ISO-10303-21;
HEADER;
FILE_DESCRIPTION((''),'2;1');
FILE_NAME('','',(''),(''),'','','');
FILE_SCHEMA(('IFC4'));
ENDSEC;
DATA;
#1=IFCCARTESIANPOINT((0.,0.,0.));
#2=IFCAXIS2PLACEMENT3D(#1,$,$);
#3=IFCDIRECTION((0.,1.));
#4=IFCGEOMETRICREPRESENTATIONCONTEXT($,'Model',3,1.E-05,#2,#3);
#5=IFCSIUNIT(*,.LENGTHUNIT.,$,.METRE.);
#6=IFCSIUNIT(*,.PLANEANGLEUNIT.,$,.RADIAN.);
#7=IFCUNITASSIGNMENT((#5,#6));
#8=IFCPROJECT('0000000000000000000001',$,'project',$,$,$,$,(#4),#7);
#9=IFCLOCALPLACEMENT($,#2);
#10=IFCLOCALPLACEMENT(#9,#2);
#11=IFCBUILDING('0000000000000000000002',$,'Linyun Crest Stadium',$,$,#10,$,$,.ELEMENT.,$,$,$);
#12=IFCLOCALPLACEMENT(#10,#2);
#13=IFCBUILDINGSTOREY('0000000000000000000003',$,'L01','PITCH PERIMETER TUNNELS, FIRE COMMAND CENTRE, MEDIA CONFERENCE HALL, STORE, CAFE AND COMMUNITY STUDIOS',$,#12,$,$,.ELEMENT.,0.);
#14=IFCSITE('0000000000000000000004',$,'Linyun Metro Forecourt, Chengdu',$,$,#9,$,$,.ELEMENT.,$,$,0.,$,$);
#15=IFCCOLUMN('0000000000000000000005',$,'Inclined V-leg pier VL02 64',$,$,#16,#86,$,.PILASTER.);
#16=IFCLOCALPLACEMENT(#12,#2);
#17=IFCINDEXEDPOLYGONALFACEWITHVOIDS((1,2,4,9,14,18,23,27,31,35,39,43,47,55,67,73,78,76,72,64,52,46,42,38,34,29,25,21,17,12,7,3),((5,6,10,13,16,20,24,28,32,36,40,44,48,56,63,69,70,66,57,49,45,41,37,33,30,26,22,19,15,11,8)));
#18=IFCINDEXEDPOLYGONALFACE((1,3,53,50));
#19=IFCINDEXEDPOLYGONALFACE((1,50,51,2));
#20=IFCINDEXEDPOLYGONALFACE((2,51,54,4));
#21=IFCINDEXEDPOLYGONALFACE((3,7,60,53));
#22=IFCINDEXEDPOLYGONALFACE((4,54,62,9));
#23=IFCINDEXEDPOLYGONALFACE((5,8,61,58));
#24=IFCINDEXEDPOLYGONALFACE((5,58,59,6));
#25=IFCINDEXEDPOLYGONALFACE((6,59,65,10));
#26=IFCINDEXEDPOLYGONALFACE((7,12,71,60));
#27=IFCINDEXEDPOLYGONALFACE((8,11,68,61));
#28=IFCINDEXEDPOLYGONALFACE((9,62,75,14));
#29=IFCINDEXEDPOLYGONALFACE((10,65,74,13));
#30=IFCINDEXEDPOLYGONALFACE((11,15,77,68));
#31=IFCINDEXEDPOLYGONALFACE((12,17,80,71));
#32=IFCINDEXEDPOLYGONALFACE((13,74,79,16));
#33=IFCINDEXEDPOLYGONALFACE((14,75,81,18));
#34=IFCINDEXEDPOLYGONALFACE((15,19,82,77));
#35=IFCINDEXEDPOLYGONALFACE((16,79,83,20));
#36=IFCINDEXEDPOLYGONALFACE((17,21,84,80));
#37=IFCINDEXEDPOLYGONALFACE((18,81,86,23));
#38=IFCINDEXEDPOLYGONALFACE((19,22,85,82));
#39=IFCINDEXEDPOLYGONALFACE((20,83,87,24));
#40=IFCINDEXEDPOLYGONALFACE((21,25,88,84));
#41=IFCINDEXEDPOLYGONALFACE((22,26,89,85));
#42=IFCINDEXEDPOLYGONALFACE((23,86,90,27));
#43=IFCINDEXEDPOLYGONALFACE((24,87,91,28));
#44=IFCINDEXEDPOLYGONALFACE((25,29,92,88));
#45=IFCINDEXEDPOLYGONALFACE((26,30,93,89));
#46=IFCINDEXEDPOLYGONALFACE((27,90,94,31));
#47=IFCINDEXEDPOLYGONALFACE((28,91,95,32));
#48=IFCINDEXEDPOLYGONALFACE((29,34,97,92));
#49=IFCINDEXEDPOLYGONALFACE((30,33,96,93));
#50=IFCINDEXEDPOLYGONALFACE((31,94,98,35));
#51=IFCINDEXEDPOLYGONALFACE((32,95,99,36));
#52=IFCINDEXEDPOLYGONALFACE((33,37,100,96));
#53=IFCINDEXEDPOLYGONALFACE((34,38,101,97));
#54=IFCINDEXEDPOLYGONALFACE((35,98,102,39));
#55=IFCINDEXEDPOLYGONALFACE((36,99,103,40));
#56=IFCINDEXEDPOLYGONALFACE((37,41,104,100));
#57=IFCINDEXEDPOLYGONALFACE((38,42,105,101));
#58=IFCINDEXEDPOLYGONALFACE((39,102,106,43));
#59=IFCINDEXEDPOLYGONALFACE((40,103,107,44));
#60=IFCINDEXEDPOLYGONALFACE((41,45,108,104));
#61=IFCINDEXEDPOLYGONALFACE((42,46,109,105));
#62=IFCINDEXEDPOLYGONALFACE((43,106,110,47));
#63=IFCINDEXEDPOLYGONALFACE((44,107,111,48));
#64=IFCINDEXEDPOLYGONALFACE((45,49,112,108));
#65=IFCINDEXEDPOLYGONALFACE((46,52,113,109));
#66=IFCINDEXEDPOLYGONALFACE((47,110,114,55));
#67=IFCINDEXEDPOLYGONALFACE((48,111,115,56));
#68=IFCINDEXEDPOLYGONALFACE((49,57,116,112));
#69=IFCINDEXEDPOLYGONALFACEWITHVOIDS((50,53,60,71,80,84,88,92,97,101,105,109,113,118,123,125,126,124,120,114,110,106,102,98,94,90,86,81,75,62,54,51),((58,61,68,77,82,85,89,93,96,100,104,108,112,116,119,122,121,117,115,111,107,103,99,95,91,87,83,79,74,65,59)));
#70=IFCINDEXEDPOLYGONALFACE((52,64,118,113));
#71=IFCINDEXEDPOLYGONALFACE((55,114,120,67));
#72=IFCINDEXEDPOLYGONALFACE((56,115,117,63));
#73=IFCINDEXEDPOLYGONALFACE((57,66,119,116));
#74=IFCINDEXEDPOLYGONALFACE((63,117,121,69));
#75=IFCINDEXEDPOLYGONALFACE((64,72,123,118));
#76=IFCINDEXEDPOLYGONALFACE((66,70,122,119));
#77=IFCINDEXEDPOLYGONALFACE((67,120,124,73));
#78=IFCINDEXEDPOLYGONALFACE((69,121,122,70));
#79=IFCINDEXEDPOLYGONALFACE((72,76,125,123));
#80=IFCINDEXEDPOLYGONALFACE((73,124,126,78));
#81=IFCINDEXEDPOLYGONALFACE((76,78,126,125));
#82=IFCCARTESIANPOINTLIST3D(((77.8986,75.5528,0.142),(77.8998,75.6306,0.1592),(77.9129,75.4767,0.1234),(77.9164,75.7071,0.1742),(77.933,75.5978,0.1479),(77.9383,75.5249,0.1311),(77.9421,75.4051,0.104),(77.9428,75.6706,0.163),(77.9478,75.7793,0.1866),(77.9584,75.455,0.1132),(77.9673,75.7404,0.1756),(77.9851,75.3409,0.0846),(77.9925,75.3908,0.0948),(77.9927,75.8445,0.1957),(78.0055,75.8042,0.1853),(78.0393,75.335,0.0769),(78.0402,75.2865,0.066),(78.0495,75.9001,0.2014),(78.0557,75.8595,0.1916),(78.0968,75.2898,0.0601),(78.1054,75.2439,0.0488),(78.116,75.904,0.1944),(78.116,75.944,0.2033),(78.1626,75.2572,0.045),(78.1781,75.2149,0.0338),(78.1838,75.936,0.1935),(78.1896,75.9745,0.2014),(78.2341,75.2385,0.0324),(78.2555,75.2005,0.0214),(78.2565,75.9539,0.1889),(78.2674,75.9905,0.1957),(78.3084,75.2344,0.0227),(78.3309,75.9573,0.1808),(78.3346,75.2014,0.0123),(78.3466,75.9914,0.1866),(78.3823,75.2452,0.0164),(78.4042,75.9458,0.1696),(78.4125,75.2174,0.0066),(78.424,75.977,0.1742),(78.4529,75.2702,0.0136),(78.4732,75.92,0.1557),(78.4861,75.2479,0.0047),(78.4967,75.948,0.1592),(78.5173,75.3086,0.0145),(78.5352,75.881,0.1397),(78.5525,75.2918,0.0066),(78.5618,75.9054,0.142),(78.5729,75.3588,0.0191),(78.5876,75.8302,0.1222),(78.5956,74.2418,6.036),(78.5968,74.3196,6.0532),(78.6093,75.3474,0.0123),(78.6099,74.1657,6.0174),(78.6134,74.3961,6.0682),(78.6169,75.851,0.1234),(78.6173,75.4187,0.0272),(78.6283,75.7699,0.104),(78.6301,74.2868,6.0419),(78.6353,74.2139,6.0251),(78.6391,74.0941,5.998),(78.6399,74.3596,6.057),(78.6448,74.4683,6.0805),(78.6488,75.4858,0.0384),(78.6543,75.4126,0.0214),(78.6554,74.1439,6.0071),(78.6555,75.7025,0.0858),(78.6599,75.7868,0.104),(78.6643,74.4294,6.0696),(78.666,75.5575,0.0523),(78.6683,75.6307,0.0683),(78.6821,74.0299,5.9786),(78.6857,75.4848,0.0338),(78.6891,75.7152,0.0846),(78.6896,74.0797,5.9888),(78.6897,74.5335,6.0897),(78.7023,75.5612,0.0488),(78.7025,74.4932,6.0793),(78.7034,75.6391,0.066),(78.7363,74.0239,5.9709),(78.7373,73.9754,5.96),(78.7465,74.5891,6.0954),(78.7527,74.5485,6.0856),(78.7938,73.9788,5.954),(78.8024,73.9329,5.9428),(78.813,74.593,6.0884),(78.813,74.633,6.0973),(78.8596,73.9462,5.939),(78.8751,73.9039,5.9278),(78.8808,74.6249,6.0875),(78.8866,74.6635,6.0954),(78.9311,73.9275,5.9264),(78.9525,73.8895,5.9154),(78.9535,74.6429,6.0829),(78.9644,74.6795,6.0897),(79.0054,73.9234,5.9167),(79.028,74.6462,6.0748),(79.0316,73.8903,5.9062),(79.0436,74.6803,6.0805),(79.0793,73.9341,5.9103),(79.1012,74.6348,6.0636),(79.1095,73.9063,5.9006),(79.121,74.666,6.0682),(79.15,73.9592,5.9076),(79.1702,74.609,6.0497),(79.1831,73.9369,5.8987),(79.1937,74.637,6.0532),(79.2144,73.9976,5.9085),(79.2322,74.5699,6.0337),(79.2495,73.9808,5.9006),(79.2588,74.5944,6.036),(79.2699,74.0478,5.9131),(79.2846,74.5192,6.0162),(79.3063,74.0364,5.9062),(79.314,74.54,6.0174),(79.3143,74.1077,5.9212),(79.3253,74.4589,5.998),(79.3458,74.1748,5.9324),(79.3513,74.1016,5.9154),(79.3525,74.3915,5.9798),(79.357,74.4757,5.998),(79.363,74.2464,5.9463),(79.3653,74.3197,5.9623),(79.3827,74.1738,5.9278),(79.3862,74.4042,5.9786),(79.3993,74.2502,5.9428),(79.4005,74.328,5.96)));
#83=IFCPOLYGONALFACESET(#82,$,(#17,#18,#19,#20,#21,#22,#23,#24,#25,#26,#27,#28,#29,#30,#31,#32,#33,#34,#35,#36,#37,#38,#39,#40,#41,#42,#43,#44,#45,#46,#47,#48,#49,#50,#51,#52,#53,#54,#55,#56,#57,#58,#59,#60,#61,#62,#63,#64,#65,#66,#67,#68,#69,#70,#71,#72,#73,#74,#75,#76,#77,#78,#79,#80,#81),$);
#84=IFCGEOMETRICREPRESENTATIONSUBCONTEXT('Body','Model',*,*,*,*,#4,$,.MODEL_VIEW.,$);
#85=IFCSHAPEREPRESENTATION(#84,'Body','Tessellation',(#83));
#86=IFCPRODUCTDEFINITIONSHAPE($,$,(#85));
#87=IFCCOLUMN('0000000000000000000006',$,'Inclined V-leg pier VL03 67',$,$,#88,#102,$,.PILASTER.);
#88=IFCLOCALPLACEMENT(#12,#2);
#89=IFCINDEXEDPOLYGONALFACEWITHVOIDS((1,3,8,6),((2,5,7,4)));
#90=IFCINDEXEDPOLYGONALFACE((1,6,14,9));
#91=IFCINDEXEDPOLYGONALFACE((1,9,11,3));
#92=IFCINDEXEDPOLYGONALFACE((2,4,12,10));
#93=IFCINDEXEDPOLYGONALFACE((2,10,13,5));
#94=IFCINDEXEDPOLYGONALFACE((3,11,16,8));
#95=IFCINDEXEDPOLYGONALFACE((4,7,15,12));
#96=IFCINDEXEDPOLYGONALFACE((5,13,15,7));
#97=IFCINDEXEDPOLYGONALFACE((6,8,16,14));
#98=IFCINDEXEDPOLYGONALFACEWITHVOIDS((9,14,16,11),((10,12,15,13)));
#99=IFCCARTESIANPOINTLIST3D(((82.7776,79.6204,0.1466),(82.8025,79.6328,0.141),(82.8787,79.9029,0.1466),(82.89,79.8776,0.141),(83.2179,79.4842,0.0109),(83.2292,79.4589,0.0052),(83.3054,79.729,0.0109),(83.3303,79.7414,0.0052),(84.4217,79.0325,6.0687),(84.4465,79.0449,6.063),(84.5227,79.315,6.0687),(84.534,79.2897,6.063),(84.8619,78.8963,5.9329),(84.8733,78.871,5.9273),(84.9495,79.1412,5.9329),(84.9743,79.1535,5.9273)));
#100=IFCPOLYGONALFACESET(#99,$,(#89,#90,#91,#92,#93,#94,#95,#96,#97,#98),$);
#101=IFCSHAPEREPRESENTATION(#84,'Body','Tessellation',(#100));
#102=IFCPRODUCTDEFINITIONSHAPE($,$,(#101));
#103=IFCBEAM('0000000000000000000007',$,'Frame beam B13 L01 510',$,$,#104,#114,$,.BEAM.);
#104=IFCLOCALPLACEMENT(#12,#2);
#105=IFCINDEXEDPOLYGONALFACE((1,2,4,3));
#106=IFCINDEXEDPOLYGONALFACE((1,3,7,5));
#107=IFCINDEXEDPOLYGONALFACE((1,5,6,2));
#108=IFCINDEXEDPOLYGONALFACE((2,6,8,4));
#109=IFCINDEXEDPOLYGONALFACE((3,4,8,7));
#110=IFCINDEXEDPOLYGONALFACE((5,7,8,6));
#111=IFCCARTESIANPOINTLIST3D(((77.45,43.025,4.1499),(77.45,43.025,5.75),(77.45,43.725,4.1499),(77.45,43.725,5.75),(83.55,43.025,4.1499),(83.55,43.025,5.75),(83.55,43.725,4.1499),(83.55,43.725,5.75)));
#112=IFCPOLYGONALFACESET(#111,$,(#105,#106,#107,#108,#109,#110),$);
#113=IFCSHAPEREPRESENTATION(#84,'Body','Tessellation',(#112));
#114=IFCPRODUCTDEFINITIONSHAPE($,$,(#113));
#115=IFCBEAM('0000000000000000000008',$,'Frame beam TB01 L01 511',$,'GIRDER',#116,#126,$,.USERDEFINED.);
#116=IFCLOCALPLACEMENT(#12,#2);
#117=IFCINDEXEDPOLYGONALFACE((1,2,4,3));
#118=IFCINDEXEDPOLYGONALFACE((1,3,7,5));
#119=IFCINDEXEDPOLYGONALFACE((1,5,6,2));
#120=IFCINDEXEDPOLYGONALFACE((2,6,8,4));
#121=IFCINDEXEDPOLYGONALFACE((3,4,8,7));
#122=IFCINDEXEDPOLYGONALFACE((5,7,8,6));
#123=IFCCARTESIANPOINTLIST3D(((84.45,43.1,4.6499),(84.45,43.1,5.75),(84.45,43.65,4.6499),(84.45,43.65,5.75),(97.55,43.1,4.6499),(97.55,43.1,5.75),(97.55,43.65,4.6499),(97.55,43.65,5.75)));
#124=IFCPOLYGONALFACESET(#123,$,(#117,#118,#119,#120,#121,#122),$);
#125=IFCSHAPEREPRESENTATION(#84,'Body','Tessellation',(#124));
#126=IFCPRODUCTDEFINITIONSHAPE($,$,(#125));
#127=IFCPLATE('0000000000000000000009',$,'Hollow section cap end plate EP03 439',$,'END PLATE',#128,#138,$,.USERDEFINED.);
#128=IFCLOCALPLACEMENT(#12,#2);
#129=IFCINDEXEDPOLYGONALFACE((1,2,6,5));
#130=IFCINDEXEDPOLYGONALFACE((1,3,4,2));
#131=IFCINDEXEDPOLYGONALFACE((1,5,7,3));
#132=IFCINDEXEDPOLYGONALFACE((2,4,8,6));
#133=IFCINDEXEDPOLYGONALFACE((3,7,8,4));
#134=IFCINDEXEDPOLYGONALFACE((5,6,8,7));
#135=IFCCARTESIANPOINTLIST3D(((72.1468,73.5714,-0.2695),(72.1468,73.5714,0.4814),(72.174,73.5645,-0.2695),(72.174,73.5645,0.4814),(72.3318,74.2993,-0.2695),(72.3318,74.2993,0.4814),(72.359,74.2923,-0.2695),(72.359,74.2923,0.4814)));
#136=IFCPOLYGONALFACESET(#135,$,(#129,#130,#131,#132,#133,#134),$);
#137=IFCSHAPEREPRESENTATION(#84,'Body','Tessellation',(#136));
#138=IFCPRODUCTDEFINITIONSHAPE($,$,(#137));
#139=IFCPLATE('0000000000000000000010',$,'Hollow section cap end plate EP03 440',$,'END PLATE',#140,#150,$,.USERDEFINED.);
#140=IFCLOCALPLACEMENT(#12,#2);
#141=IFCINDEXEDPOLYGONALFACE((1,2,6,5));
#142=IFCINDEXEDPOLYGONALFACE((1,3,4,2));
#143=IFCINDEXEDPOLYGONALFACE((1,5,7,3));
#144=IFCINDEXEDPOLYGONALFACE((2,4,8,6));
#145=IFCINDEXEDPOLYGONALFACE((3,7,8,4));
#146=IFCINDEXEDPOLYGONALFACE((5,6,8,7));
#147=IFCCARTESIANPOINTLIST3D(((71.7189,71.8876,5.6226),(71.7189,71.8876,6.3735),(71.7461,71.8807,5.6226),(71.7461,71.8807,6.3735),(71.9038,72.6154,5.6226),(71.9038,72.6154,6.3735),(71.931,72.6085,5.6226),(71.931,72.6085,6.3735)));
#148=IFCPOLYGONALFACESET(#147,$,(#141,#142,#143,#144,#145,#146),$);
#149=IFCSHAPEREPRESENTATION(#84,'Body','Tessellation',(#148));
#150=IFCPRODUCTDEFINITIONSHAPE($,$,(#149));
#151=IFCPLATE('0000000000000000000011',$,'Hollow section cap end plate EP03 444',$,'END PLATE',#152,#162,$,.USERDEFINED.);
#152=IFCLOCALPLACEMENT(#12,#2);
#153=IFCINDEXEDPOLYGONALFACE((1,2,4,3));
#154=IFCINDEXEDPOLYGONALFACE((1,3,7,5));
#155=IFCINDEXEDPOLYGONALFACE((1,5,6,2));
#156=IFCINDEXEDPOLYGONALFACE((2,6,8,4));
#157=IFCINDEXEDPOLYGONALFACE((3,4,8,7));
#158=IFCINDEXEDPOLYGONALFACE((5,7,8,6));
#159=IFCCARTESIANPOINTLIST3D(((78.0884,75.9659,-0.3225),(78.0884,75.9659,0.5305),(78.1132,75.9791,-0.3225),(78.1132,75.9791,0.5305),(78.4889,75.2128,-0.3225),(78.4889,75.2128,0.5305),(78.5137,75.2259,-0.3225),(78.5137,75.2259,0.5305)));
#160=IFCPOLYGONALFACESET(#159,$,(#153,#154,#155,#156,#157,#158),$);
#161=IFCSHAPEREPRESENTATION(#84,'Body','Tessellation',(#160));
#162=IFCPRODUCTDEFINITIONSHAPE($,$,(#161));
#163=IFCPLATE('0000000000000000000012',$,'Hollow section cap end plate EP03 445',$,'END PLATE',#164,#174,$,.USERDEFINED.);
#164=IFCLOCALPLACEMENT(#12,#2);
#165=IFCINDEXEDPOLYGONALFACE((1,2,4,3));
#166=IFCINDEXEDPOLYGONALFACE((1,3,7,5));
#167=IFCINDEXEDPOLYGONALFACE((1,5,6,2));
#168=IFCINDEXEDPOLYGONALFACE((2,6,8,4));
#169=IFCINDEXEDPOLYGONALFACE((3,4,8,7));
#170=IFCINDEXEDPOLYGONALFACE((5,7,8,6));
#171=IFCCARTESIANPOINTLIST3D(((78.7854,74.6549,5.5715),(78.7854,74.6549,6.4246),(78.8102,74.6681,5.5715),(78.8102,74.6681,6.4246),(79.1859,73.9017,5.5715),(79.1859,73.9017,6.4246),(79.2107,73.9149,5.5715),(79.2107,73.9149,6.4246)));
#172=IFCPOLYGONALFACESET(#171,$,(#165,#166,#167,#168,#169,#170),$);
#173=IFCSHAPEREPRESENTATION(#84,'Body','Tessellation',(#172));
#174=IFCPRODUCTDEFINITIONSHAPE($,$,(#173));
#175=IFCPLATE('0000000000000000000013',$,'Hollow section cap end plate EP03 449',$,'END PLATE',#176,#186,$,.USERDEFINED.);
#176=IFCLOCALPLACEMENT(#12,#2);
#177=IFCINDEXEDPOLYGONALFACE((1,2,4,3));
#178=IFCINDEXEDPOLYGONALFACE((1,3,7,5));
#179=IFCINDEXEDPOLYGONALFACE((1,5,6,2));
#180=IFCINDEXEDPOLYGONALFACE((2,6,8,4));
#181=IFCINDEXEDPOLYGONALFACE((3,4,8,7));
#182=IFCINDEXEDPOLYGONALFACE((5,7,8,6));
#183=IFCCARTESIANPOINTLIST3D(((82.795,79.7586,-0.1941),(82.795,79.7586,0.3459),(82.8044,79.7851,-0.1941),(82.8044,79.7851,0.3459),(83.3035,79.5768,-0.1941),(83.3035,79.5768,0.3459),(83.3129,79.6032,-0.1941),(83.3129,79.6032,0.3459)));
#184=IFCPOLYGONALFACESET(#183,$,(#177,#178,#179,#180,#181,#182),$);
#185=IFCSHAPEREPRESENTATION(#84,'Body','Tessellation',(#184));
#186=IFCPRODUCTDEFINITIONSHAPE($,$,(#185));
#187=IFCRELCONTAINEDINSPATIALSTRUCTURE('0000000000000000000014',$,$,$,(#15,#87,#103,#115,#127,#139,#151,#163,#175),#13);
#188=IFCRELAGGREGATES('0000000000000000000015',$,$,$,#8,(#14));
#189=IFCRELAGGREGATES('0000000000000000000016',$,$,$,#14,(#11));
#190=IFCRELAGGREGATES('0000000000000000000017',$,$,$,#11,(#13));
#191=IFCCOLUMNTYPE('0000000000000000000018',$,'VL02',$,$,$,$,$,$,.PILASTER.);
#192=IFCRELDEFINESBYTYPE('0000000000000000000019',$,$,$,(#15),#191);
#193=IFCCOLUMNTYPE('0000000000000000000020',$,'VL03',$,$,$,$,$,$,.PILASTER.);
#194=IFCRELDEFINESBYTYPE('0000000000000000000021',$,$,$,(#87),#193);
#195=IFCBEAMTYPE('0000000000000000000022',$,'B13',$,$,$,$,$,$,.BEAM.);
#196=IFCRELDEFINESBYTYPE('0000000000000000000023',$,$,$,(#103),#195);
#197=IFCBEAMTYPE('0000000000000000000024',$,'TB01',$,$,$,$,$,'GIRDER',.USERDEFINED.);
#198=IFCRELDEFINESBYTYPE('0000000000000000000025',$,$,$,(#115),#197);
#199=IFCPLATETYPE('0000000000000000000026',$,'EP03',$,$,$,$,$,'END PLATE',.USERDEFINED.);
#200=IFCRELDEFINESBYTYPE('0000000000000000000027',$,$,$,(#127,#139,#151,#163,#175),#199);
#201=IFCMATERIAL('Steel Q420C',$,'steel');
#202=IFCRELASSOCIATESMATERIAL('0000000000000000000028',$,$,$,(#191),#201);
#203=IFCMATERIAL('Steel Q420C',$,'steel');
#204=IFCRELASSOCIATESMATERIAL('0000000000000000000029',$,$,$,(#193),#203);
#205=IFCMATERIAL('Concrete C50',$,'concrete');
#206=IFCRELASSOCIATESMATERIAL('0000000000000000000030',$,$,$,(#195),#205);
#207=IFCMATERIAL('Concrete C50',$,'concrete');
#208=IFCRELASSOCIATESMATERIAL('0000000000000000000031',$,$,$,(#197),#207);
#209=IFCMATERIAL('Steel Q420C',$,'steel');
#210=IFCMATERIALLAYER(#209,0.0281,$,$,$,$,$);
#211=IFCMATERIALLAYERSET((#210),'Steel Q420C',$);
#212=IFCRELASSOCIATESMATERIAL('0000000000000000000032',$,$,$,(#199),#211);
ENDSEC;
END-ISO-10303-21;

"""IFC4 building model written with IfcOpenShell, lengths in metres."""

from ifc_helpers import new_model, si_unit, direction, frame, origin, origin_2d, place, context, subcontext, project, spatial, rectangle, hollow_rectangle, hollow_circle, extrude, material, layer, layer_set, material_profile, profile_set, type_object, element, save


model = new_model("IFC4")

# Units and contexts
model_context = context("Model", 3, precision=1e-05, world=origin(), true_north=direction((0.0, 1.0)))
body_context = subcontext(model_context, "Body", "Model", "MODEL_VIEW")
ifc_project = project(units=[si_unit("LENGTHUNIT", "METRE"), si_unit("PLANEANGLEUNIT", "RADIAN")], contexts=[model_context])

# Site, building, storey
site_placement = place(None, origin())
site = spatial("IfcSite", under=ifc_project, at=site_placement, Name="Linyun Metro Forecourt, Chengdu", CompositionType="ELEMENT", RefElevation=0.0)
building_placement = place(site_placement, origin())
building = spatial("IfcBuilding", under=site, at=building_placement, Name="Linyun Crest Stadium", CompositionType="ELEMENT")
storey_placement = place(building_placement, origin())
storey = spatial("IfcBuildingStorey", under=building, at=storey_placement, Name="L01", Description="PITCH PERIMETER TUNNELS, FIRE COMMAND CENTRE, MEDIA CONFERENCE HALL, STORE, CAFE AND COMMUNITY STUDIOS", CompositionType="ELEMENT", Elevation=0.0)

# Columns
ifc_material_1 = material(Name="Steel Q420C", Category="steel")
ifc_material_profile_1 = material_profile(ifc_material_1, hollow_circle(Radius=0.4065, WallThickness=0.0359, at=origin_2d()), Name="CHS 813x36")
ifc_profile_set_1 = profile_set([ifc_material_profile_1], Name="Steel Q420C")
column_type_1 = type_object("IfcColumnType", Name="VL02", PredefinedType="PILASTER", material=ifc_profile_set_1)
column_1_placement = place(storey_placement, frame((78.301, 75.5959, 0.104), z_axis=(0.114676, -0.215695, 0.969704), x_axis=(0.882967, 0.469436, 0.0)))
element("IfcColumn", 1, at=column_1_placement, inside=storey, type_object=column_type_1, Name="Inclined V-leg pier VL02 64", PredefinedType="PILASTER", context=body_context, shape_type="SweptSolid", body=[
    extrude(hollow_circle(Radius=0.4065, WallThickness=0.0359, at=origin_2d()), origin(), (0.0, 0.0, 1.0), 6.0781),
])
ifc_material_2 = material(Name="Steel Q420C", Category="steel")
ifc_material_profile_2 = material_profile(ifc_material_2, hollow_rectangle(XDim=0.3, YDim=0.5, WallThickness=0.02, at=origin_2d()), Name="RHS 500x300x20")
ifc_profile_set_2 = profile_set([ifc_material_profile_2], Name="Steel Q420C")
column_type_2 = type_object("IfcColumnType", Name="VL03", PredefinedType="PILASTER", material=ifc_profile_set_2)
column_2_placement = place(storey_placement, frame((83.054, 79.6809, 0.0759), z_axis=(0.266279, -0.095218, 0.959181), x_axis=(0.336708, 0.941609, 0.0)))
element("IfcColumn", 2, at=column_2_placement, inside=storey, type_object=column_type_2, Name="Inclined V-leg pier VL03 67", PredefinedType="PILASTER", context=body_context, shape_type="SweptSolid", body=[
    extrude(hollow_rectangle(XDim=0.3, YDim=0.5, WallThickness=0.02, at=origin_2d()), origin(), (0.0, 0.0, 1.0), 6.1741),
])

# Beams
ifc_material_3 = material(Name="Concrete C50", Category="concrete")
ifc_material_profile_3 = material_profile(ifc_material_3, rectangle(XDim=0.7, YDim=1.6001, at=origin_2d()), Name="RCB 1600x700")
ifc_profile_set_3 = profile_set([ifc_material_profile_3], Name="Concrete C50")
beam_type_1 = type_object("IfcBeamType", Name="B13", PredefinedType="BEAM", material=ifc_profile_set_3)
beam_1_placement = place(storey_placement, frame((77.45, 43.375, 4.95), z_axis=(1.0, 0.0, 0.0), x_axis=(0.0, 1.0, 0.0)))
element("IfcBeam", 3, at=beam_1_placement, inside=storey, type_object=beam_type_1, Name="Frame beam B13 L01 510", PredefinedType="BEAM", context=body_context, shape_type="SweptSolid", body=[
    extrude(rectangle(XDim=0.7, YDim=1.6001, at=origin_2d()), origin(), (0.0, 0.0, 1.0), 6.1001),
])
ifc_material_4 = material(Name="Concrete C50", Category="concrete")
ifc_material_profile_4 = material_profile(ifc_material_4, rectangle(XDim=0.55, YDim=1.1001, at=origin_2d()), Name="RCB 1100x550")
ifc_profile_set_4 = profile_set([ifc_material_profile_4], Name="Concrete C50")
beam_type_2 = type_object("IfcBeamType", Name="TB01", ElementType="GIRDER", PredefinedType="USERDEFINED", material=ifc_profile_set_4)
beam_2_placement = place(storey_placement, frame((84.45, 43.375, 5.2), z_axis=(1.0, 0.0, 0.0), x_axis=(0.0, 1.0, 0.0)))
element("IfcBeam", 4, at=beam_2_placement, inside=storey, type_object=beam_type_2, Name="Frame beam TB01 L01 511", ObjectType="GIRDER", PredefinedType="USERDEFINED", context=body_context, shape_type="SweptSolid", body=[
    extrude(rectangle(XDim=0.55, YDim=1.1001, at=origin_2d()), origin(), (0.0, 0.0, 1.0), 13.1001),
])

# Plates
ifc_material_5 = material(Name="Steel Q420C", Category="steel")
ifc_layer_1 = layer(ifc_material_5, 0.0281)
ifc_layer_set_1 = layer_set([ifc_layer_1], Name="Steel Q420C")
plate_type = type_object("IfcPlateType", Name="EP03", ElementType="END PLATE", PredefinedType="USERDEFINED", material=ifc_layer_set_1)
for number, where, z_axis, x_axis, name in (
    (5, (72.2529, 73.9319, -0.2695), (0.0, 0.0, 1.0), (-0.246322, -0.969188, 0.0), "Hollow section cap end plate EP03 439"),
    (6, (71.825, 72.248, 5.6226), (0.0, 0.0, 1.0), (-0.246322, -0.969188, 0.0), "Hollow section cap end plate EP03 440"),
):
    element("IfcPlate", number, at=place(storey_placement, frame(where, z_axis=z_axis, x_axis=x_axis)), inside=storey, type_object=plate_type, Name=name, ObjectType="END PLATE", PredefinedType="USERDEFINED", context=body_context, shape_type="SweptSolid", body=[
        extrude(rectangle(XDim=0.751, YDim=0.0281, at=origin_2d()), origin(), (0.0, 0.0, 1.0), 0.751),
    ])
for number, where, z_axis, x_axis, name in (
    (7, (78.301, 75.5959, -0.3225), (0.0, 0.0, 1.0), (0.469472, -0.882948, 0.0), "Hollow section cap end plate EP03 444"),
    (8, (78.998, 74.2849, 5.5715), (0.0, 0.0, 1.0), (0.469472, -0.882948, 0.0), "Hollow section cap end plate EP03 445"),
):
    element("IfcPlate", number, at=place(storey_placement, frame(where, z_axis=z_axis, x_axis=x_axis)), inside=storey, type_object=plate_type, Name=name, ObjectType="END PLATE", PredefinedType="USERDEFINED", context=body_context, shape_type="SweptSolid", body=[
        extrude(rectangle(XDim=0.853, YDim=0.0281, at=origin_2d()), origin(), (0.0, 0.0, 1.0), 0.853),
    ])
for number, where, z_axis, x_axis, name in (
    (9, (83.054, 79.6809, -0.1941), (0.0, 0.0, 1.0), (0.941588, -0.336767, 0.0), "Hollow section cap end plate EP03 449"),
):
    element("IfcPlate", number, at=place(storey_placement, frame(where, z_axis=z_axis, x_axis=x_axis)), inside=storey, type_object=plate_type, Name=name, ObjectType="END PLATE", PredefinedType="USERDEFINED", context=body_context, shape_type="SweptSolid", body=[
        extrude(rectangle(XDim=0.54, YDim=0.0281, at=origin_2d()), origin(), (0.0, 0.0, 1.0), 0.54),
    ])

save(model, "model.ifc")
